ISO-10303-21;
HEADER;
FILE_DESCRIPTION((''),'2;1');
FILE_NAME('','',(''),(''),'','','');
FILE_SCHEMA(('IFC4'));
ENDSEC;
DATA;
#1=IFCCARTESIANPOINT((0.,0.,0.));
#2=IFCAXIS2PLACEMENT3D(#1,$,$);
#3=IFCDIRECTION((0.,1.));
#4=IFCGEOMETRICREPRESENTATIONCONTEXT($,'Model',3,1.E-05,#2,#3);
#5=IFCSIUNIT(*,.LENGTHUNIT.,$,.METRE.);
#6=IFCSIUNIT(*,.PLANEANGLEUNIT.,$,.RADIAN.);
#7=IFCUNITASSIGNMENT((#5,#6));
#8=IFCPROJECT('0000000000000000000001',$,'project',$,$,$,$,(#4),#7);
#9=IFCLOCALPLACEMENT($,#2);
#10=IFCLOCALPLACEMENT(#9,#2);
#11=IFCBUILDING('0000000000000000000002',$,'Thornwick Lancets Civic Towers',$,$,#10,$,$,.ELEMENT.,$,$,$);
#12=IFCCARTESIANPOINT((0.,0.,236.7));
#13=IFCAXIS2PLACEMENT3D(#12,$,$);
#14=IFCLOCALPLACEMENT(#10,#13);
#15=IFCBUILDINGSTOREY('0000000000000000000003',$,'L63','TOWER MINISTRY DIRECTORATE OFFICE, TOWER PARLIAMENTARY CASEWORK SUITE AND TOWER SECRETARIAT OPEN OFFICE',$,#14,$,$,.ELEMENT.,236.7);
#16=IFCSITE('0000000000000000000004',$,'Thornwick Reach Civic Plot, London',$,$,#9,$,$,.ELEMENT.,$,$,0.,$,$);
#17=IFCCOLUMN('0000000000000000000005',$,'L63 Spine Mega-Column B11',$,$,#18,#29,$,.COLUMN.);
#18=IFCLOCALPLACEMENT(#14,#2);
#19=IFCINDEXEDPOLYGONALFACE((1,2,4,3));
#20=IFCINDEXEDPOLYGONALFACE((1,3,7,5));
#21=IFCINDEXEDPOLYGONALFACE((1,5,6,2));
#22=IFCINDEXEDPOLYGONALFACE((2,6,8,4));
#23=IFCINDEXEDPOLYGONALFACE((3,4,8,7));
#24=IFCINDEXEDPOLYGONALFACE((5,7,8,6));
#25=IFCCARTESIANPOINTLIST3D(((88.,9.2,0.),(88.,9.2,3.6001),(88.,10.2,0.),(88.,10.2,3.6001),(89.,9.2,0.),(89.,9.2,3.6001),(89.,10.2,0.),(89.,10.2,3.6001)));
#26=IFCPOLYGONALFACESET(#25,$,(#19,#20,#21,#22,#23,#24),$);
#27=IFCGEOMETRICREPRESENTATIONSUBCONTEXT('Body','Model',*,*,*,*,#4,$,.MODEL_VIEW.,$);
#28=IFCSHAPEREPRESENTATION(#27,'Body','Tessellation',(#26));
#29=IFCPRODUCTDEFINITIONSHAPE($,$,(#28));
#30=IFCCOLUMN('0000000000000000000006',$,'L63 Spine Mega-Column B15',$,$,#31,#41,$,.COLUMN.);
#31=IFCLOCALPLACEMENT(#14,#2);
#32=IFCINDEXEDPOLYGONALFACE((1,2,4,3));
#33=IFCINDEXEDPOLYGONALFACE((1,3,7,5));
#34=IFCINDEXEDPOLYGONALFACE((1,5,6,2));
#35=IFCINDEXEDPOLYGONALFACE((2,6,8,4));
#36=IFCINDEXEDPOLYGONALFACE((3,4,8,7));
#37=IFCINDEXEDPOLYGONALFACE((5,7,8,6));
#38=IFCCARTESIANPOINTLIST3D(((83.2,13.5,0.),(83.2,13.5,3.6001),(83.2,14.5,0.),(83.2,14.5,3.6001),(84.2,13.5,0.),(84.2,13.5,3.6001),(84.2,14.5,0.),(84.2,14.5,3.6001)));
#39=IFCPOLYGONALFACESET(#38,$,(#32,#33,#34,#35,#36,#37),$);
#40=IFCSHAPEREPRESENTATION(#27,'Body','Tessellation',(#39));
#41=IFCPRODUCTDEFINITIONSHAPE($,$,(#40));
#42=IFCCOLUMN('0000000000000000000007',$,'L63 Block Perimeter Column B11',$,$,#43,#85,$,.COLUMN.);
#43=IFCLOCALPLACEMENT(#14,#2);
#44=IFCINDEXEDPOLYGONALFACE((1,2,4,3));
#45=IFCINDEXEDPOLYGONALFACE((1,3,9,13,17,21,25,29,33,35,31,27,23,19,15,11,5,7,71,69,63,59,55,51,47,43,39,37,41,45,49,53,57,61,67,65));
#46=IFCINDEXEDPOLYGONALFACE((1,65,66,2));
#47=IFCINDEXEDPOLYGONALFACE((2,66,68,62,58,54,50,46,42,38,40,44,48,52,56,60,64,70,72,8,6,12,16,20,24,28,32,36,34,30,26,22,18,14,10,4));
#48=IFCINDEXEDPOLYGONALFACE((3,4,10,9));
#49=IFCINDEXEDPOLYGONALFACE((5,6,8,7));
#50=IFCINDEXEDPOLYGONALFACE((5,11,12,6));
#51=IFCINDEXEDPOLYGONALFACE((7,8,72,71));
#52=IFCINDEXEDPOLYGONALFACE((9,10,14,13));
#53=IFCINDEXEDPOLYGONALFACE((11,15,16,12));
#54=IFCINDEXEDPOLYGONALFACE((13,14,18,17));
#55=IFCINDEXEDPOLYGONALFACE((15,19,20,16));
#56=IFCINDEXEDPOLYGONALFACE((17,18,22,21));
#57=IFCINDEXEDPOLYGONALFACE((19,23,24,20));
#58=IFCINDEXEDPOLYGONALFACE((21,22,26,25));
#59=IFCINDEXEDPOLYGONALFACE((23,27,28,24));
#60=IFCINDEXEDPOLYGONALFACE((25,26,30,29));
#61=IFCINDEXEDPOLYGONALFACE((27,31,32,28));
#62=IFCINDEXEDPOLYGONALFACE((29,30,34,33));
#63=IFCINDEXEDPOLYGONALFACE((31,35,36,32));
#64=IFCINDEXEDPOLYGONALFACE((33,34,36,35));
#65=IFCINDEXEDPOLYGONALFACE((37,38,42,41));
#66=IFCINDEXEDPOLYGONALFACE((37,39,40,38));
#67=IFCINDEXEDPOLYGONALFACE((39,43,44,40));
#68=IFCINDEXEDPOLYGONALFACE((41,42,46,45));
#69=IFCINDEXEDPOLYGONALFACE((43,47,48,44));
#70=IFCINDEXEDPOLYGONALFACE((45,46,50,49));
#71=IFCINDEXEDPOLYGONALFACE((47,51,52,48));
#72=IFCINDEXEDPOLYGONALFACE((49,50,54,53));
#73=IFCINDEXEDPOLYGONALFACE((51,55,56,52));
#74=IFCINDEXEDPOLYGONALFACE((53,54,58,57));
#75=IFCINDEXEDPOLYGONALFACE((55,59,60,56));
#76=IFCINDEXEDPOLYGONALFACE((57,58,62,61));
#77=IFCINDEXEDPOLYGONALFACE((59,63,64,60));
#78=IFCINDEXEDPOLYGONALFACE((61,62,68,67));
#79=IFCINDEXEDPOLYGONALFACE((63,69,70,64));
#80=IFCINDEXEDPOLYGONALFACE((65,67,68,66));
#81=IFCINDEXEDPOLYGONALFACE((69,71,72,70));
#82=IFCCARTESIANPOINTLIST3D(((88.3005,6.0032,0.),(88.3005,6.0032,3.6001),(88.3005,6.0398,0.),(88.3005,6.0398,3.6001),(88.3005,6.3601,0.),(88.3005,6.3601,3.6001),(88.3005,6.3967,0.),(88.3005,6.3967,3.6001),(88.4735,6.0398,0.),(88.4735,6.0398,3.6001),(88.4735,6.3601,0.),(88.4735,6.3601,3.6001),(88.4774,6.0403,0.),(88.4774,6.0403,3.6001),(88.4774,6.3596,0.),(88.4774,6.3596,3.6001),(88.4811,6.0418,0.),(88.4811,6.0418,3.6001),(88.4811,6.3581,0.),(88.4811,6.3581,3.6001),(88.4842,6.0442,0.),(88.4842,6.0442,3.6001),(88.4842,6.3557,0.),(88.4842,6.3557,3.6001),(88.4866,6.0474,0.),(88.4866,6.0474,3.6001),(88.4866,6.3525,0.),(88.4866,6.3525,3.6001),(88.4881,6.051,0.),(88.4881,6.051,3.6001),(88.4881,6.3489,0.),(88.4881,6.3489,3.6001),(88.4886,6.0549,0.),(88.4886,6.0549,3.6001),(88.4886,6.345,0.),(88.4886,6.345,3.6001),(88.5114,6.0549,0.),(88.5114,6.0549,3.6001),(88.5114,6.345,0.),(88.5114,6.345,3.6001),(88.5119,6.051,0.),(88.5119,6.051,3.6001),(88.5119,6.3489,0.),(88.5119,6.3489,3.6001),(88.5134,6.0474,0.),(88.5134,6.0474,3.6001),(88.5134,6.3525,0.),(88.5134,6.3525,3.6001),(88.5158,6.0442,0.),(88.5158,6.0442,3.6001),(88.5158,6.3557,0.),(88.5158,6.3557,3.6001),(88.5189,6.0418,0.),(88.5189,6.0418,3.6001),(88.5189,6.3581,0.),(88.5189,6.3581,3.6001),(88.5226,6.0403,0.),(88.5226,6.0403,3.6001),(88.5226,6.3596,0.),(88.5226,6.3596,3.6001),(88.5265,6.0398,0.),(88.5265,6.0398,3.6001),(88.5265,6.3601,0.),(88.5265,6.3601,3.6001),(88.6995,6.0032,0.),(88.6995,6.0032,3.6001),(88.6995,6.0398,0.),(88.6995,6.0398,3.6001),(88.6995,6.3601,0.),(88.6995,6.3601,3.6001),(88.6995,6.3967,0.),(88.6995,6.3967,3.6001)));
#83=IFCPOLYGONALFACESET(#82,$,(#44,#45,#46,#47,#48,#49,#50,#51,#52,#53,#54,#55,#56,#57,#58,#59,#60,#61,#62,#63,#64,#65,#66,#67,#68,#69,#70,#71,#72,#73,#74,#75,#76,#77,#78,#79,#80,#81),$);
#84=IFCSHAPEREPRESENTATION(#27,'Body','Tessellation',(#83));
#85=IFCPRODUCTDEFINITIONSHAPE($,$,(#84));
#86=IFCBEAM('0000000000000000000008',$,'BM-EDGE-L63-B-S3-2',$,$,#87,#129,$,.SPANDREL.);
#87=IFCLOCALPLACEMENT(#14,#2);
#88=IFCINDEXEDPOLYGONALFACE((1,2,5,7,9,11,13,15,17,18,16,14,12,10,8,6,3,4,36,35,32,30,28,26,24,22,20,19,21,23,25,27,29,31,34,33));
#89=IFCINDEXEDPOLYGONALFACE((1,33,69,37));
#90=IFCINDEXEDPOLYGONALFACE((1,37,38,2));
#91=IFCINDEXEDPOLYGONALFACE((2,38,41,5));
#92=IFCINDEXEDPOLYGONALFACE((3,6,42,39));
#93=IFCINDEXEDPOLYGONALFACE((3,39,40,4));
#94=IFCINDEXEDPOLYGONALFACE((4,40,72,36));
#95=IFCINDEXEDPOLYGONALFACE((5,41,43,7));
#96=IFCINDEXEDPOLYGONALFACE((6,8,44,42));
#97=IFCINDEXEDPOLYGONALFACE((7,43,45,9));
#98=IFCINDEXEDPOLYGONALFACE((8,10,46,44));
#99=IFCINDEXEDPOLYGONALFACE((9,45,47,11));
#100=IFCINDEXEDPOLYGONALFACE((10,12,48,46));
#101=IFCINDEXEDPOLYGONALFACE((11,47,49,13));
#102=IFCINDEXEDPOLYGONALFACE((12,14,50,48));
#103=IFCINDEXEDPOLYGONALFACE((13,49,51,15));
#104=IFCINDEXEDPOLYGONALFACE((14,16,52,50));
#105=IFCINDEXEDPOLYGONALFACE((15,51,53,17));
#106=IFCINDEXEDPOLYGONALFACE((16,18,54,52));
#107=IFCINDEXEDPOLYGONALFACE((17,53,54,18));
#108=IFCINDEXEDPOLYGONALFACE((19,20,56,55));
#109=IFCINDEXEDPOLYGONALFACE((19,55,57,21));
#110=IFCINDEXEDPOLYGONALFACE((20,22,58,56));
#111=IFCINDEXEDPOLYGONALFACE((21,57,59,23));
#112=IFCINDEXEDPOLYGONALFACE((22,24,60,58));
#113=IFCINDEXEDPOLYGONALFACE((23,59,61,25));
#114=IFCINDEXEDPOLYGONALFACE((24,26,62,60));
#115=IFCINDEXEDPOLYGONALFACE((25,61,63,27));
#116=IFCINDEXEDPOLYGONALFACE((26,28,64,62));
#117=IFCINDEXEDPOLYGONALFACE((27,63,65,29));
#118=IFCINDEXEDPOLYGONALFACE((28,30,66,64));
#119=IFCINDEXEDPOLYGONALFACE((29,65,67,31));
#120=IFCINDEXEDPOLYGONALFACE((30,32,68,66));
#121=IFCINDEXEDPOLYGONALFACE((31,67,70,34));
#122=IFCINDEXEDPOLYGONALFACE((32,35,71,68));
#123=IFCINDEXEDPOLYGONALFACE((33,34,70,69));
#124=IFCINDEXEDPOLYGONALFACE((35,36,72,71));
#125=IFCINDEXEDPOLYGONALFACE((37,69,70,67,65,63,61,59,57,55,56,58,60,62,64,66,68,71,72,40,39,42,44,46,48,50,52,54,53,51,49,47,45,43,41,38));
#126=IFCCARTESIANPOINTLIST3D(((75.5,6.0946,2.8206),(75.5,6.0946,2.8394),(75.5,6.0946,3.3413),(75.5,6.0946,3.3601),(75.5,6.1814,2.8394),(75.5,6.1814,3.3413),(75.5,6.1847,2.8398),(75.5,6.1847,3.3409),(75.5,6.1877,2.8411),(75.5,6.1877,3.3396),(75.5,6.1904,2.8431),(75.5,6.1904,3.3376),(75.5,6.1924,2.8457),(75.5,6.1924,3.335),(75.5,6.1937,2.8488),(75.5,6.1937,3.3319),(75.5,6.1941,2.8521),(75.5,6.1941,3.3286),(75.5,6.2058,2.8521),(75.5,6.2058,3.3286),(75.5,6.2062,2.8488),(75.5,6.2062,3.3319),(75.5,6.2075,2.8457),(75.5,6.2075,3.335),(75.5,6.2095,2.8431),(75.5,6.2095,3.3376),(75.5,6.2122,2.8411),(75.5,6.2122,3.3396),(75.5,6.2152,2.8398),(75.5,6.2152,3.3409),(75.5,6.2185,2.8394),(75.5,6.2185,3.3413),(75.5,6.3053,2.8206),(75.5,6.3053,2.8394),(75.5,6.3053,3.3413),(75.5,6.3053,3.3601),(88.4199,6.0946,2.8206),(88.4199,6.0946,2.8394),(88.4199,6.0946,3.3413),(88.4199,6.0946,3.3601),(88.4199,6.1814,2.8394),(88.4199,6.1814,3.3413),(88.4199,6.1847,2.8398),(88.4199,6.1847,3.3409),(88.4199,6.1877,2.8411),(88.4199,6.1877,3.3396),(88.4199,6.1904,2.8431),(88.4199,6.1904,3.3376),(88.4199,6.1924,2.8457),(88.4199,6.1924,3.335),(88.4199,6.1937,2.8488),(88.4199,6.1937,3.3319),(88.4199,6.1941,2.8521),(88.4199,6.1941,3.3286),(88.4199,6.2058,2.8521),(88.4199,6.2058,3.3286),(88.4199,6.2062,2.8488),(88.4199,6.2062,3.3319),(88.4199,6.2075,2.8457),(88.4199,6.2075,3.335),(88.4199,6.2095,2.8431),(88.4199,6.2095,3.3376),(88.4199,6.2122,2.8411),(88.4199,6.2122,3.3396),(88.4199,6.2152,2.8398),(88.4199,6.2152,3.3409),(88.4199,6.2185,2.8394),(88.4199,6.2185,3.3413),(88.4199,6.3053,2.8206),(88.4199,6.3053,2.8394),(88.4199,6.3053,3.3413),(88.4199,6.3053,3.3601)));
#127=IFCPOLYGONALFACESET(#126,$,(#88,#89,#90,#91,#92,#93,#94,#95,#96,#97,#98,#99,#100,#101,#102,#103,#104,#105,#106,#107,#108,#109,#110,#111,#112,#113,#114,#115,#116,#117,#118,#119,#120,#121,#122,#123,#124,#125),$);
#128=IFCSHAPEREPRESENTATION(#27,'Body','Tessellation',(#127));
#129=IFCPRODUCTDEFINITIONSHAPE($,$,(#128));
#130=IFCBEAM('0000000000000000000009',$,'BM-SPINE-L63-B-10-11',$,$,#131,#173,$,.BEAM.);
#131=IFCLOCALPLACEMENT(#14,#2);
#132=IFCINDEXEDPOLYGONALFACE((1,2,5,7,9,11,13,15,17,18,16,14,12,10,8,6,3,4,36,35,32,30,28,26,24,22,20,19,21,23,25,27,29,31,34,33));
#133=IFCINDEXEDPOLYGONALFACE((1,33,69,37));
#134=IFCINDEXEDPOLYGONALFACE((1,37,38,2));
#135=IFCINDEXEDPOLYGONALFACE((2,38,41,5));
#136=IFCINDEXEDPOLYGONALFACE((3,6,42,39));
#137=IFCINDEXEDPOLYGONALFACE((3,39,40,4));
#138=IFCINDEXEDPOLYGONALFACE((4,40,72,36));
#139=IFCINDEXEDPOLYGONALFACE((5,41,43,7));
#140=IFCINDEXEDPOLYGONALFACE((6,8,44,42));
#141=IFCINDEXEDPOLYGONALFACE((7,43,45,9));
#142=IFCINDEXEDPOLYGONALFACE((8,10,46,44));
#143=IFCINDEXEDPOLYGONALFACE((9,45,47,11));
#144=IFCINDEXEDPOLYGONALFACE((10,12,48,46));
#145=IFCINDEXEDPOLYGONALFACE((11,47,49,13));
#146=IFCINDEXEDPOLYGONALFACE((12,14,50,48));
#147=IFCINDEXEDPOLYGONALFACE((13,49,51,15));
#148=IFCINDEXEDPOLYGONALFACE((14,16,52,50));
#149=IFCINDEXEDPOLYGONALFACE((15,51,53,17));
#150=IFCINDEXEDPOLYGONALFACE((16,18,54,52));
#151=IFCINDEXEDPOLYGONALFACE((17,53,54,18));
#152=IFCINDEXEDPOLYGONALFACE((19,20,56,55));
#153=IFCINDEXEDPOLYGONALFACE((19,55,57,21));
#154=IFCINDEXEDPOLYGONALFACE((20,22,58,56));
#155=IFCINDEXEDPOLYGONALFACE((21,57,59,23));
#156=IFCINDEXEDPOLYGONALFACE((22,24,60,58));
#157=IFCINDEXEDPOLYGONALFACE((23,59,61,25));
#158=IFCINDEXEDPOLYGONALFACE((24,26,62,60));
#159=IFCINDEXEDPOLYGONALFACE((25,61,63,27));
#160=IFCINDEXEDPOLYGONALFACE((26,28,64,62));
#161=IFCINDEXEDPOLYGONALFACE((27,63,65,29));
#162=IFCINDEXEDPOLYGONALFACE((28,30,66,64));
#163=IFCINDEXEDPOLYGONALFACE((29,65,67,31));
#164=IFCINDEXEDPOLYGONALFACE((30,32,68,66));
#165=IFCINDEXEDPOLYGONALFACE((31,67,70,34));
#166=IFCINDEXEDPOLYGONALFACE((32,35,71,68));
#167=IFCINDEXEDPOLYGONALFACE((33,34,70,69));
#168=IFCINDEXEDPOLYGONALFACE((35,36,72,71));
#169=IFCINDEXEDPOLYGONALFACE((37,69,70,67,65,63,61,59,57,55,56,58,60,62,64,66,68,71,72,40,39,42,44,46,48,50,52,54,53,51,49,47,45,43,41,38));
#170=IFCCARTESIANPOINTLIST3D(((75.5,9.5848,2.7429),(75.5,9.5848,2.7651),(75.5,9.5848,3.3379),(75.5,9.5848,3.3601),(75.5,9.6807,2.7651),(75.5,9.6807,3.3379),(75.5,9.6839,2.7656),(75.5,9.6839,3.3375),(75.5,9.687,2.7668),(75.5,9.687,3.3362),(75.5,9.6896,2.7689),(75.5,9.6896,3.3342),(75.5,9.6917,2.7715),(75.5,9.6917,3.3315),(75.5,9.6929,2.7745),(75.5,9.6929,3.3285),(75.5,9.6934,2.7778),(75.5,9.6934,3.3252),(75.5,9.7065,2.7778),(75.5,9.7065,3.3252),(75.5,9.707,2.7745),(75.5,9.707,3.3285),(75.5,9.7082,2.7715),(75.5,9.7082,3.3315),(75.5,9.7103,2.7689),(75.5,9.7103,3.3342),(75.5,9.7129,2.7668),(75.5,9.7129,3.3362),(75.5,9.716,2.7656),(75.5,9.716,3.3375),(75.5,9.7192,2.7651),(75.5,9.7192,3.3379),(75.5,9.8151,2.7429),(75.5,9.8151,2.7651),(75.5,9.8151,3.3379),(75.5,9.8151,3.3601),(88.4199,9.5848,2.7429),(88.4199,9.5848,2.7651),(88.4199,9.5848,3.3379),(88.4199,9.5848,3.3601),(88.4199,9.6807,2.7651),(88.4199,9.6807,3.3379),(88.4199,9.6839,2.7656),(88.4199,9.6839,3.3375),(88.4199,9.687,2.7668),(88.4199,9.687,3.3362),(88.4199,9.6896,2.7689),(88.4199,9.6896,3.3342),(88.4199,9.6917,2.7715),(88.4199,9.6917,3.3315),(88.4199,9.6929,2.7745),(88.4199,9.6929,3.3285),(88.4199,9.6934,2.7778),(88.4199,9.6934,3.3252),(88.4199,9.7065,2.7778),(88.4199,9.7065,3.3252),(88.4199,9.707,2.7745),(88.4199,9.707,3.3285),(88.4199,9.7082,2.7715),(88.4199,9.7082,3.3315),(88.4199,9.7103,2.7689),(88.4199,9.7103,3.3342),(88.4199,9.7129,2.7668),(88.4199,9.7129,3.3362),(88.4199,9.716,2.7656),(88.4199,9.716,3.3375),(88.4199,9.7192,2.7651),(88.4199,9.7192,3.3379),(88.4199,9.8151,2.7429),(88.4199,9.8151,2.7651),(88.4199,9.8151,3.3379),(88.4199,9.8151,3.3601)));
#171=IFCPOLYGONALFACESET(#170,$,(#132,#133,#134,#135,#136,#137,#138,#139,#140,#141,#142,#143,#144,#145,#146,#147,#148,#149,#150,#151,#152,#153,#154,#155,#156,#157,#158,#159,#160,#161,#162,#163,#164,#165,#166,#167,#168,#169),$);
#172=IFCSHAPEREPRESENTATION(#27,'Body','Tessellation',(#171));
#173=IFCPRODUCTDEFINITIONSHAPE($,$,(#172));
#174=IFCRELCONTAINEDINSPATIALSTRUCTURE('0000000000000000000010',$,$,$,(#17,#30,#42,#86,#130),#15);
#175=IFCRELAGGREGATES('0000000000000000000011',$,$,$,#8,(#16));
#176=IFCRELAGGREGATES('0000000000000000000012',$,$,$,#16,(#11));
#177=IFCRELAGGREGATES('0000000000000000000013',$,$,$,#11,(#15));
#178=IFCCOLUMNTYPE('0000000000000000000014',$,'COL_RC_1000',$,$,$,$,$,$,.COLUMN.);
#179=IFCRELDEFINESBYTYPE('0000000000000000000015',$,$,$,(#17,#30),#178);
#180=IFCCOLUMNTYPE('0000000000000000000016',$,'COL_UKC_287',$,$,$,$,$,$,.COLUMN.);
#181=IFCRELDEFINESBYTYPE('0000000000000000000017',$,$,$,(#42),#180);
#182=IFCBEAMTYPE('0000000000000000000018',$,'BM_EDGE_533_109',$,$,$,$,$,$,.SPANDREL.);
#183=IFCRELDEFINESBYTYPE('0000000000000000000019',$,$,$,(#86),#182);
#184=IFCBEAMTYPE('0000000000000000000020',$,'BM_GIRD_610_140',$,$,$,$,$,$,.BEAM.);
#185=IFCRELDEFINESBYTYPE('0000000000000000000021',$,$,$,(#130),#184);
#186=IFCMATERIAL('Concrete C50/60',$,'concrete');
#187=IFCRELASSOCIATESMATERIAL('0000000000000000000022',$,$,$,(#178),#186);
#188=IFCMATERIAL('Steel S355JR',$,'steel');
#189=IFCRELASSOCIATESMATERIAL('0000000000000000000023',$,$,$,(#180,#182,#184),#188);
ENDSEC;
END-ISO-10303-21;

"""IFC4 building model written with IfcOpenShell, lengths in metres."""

from ifc_helpers import new_model, si_unit, direction, frame, origin, origin_2d, place, context, subcontext, project, spatial, rectangle, i_section, extrude, material, material_profile, profile_set, type_object, element, save


model = new_model("IFC4")

# Units and contexts
model_context = context("Model", 3, precision=1e-05, world=origin(), true_north=direction((0.0, 1.0)))
body_context = subcontext(model_context, "Body", "Model", "MODEL_VIEW")
ifc_project = project(units=[si_unit("LENGTHUNIT", "METRE"), si_unit("PLANEANGLEUNIT", "RADIAN")], contexts=[model_context])

# Site, building, storey
site_placement = place(None, origin())
site = spatial("IfcSite", under=ifc_project, at=site_placement, Name="Thornwick Reach Civic Plot, London", CompositionType="ELEMENT", RefElevation=0.0)
building_placement = place(site_placement, origin())
building = spatial("IfcBuilding", under=site, at=building_placement, Name="Thornwick Lancets Civic Towers", CompositionType="ELEMENT")
storey_placement = place(building_placement, frame((0.0, 0.0, 236.7)))
storey = spatial("IfcBuildingStorey", under=building, at=storey_placement, Name="L63", Description="TOWER MINISTRY DIRECTORATE OFFICE, TOWER PARLIAMENTARY CASEWORK SUITE AND TOWER SECRETARIAT OPEN OFFICE", CompositionType="ELEMENT", Elevation=236.7)

# Columns
ifc_material_1 = material(Name="Concrete C50/60", Category="concrete")
ifc_material_profile_1 = material_profile(ifc_material_1, rectangle(XDim=1.0, YDim=1.0, at=origin_2d()), Name="RC 1000x1000")
ifc_profile_set_1 = profile_set([ifc_material_profile_1], Name="Concrete C50/60")
column_type_1 = type_object("IfcColumnType", Name="COL_RC_1000", PredefinedType="COLUMN", material=ifc_profile_set_1)
for number, where, z_axis, x_axis, name in (
    (1, (88.5, 9.7, 0.0), (0.0, 0.0, 1.0), (1.0, 0.0, 0.0), "L63 Spine Mega-Column B11"),
    (2, (83.7, 14.0, 0.0), (0.0, 0.0, 1.0), (1.0, 0.0, 0.0), "L63 Spine Mega-Column B15"),
):
    element("IfcColumn", number, at=place(storey_placement, frame(where, z_axis=z_axis, x_axis=x_axis)), inside=storey, type_object=column_type_1, Name=name, PredefinedType="COLUMN", context=body_context, shape_type="SweptSolid", body=[
        extrude(rectangle(XDim=1.0, YDim=1.0, at=origin_2d()), origin(), (0.0, 0.0, 1.0), 3.6001),
    ])
ifc_material_2 = material(Name="Steel S355JR", Category="steel")
ifc_material_profile_2 = material_profile(ifc_material_2, i_section(OverallWidth=0.3989, OverallDepth=0.3936, WebThickness=0.0227, FlangeThickness=0.0366, FilletRadius=0.0151, at=origin_2d()), Name="UKC 356x406x287")
ifc_profile_set_2 = profile_set([ifc_material_profile_2], Name="Steel S355JR")
column_type_2 = type_object("IfcColumnType", Name="COL_UKC_287", PredefinedType="COLUMN", material=ifc_profile_set_2)
column_placement = place(storey_placement, frame((88.5, 6.2, 0.0), z_axis=(0.0, 0.0, 1.0), x_axis=(1.0, 0.0, 0.0)))
element("IfcColumn", 3, at=column_placement, inside=storey, type_object=column_type_2, Name="L63 Block Perimeter Column B11", PredefinedType="COLUMN", context=body_context, shape_type="SweptSolid", body=[
    extrude(i_section(OverallWidth=0.3989, OverallDepth=0.3936, WebThickness=0.0227, FlangeThickness=0.0366, FilletRadius=0.0151, at=origin_2d()), origin(), (0.0, 0.0, 1.0), 3.6001),
])

# Beams
ifc_material_profile_3 = material_profile(ifc_material_2, i_section(OverallWidth=0.2107, OverallDepth=0.5396, WebThickness=0.0117, FlangeThickness=0.0188, FilletRadius=0.0127, at=origin_2d()), Name="UKB 533x210x109")
ifc_profile_set_3 = profile_set([ifc_material_profile_3], Name="Steel S355JR")
beam_type_1 = type_object("IfcBeamType", Name="BM_EDGE_533_109", PredefinedType="SPANDREL", material=ifc_profile_set_3)
beam_1_placement = place(storey_placement, frame((88.4199, 6.2, 3.0903), z_axis=(-1.0, 0.0, 0.0), x_axis=(0.0, -1.0, 0.0)))
element("IfcBeam", 4, at=beam_1_placement, inside=storey, type_object=beam_type_1, Name="BM-EDGE-L63-B-S3-2", PredefinedType="SPANDREL", context=body_context, shape_type="SweptSolid", body=[
    extrude(i_section(OverallWidth=0.2107, OverallDepth=0.5396, WebThickness=0.0117, FlangeThickness=0.0188, FilletRadius=0.0127, at=origin_2d()), origin(), (0.0, 0.0, 1.0), 12.9199),
])
ifc_material_profile_4 = material_profile(ifc_material_2, i_section(OverallWidth=0.2302, OverallDepth=0.6172, WebThickness=0.0132, FlangeThickness=0.0222, FilletRadius=0.0127, at=origin_2d()), Name="UKB 610x229x140")
ifc_profile_set_4 = profile_set([ifc_material_profile_4], Name="Steel S355JR")
beam_type_2 = type_object("IfcBeamType", Name="BM_GIRD_610_140", PredefinedType="BEAM", material=ifc_profile_set_4)
beam_2_placement = place(storey_placement, frame((88.4199, 9.7, 3.0515), z_axis=(-1.0, 0.0, 0.0), x_axis=(0.0, -1.0, 0.0)))
element("IfcBeam", 5, at=beam_2_placement, inside=storey, type_object=beam_type_2, Name="BM-SPINE-L63-B-10-11", PredefinedType="BEAM", context=body_context, shape_type="SweptSolid", body=[
    extrude(i_section(OverallWidth=0.2302, OverallDepth=0.6172, WebThickness=0.0132, FlangeThickness=0.0222, FilletRadius=0.0127, at=origin_2d()), origin(), (0.0, 0.0, 1.0), 12.9199),
])

save(model, "model.ifc")
